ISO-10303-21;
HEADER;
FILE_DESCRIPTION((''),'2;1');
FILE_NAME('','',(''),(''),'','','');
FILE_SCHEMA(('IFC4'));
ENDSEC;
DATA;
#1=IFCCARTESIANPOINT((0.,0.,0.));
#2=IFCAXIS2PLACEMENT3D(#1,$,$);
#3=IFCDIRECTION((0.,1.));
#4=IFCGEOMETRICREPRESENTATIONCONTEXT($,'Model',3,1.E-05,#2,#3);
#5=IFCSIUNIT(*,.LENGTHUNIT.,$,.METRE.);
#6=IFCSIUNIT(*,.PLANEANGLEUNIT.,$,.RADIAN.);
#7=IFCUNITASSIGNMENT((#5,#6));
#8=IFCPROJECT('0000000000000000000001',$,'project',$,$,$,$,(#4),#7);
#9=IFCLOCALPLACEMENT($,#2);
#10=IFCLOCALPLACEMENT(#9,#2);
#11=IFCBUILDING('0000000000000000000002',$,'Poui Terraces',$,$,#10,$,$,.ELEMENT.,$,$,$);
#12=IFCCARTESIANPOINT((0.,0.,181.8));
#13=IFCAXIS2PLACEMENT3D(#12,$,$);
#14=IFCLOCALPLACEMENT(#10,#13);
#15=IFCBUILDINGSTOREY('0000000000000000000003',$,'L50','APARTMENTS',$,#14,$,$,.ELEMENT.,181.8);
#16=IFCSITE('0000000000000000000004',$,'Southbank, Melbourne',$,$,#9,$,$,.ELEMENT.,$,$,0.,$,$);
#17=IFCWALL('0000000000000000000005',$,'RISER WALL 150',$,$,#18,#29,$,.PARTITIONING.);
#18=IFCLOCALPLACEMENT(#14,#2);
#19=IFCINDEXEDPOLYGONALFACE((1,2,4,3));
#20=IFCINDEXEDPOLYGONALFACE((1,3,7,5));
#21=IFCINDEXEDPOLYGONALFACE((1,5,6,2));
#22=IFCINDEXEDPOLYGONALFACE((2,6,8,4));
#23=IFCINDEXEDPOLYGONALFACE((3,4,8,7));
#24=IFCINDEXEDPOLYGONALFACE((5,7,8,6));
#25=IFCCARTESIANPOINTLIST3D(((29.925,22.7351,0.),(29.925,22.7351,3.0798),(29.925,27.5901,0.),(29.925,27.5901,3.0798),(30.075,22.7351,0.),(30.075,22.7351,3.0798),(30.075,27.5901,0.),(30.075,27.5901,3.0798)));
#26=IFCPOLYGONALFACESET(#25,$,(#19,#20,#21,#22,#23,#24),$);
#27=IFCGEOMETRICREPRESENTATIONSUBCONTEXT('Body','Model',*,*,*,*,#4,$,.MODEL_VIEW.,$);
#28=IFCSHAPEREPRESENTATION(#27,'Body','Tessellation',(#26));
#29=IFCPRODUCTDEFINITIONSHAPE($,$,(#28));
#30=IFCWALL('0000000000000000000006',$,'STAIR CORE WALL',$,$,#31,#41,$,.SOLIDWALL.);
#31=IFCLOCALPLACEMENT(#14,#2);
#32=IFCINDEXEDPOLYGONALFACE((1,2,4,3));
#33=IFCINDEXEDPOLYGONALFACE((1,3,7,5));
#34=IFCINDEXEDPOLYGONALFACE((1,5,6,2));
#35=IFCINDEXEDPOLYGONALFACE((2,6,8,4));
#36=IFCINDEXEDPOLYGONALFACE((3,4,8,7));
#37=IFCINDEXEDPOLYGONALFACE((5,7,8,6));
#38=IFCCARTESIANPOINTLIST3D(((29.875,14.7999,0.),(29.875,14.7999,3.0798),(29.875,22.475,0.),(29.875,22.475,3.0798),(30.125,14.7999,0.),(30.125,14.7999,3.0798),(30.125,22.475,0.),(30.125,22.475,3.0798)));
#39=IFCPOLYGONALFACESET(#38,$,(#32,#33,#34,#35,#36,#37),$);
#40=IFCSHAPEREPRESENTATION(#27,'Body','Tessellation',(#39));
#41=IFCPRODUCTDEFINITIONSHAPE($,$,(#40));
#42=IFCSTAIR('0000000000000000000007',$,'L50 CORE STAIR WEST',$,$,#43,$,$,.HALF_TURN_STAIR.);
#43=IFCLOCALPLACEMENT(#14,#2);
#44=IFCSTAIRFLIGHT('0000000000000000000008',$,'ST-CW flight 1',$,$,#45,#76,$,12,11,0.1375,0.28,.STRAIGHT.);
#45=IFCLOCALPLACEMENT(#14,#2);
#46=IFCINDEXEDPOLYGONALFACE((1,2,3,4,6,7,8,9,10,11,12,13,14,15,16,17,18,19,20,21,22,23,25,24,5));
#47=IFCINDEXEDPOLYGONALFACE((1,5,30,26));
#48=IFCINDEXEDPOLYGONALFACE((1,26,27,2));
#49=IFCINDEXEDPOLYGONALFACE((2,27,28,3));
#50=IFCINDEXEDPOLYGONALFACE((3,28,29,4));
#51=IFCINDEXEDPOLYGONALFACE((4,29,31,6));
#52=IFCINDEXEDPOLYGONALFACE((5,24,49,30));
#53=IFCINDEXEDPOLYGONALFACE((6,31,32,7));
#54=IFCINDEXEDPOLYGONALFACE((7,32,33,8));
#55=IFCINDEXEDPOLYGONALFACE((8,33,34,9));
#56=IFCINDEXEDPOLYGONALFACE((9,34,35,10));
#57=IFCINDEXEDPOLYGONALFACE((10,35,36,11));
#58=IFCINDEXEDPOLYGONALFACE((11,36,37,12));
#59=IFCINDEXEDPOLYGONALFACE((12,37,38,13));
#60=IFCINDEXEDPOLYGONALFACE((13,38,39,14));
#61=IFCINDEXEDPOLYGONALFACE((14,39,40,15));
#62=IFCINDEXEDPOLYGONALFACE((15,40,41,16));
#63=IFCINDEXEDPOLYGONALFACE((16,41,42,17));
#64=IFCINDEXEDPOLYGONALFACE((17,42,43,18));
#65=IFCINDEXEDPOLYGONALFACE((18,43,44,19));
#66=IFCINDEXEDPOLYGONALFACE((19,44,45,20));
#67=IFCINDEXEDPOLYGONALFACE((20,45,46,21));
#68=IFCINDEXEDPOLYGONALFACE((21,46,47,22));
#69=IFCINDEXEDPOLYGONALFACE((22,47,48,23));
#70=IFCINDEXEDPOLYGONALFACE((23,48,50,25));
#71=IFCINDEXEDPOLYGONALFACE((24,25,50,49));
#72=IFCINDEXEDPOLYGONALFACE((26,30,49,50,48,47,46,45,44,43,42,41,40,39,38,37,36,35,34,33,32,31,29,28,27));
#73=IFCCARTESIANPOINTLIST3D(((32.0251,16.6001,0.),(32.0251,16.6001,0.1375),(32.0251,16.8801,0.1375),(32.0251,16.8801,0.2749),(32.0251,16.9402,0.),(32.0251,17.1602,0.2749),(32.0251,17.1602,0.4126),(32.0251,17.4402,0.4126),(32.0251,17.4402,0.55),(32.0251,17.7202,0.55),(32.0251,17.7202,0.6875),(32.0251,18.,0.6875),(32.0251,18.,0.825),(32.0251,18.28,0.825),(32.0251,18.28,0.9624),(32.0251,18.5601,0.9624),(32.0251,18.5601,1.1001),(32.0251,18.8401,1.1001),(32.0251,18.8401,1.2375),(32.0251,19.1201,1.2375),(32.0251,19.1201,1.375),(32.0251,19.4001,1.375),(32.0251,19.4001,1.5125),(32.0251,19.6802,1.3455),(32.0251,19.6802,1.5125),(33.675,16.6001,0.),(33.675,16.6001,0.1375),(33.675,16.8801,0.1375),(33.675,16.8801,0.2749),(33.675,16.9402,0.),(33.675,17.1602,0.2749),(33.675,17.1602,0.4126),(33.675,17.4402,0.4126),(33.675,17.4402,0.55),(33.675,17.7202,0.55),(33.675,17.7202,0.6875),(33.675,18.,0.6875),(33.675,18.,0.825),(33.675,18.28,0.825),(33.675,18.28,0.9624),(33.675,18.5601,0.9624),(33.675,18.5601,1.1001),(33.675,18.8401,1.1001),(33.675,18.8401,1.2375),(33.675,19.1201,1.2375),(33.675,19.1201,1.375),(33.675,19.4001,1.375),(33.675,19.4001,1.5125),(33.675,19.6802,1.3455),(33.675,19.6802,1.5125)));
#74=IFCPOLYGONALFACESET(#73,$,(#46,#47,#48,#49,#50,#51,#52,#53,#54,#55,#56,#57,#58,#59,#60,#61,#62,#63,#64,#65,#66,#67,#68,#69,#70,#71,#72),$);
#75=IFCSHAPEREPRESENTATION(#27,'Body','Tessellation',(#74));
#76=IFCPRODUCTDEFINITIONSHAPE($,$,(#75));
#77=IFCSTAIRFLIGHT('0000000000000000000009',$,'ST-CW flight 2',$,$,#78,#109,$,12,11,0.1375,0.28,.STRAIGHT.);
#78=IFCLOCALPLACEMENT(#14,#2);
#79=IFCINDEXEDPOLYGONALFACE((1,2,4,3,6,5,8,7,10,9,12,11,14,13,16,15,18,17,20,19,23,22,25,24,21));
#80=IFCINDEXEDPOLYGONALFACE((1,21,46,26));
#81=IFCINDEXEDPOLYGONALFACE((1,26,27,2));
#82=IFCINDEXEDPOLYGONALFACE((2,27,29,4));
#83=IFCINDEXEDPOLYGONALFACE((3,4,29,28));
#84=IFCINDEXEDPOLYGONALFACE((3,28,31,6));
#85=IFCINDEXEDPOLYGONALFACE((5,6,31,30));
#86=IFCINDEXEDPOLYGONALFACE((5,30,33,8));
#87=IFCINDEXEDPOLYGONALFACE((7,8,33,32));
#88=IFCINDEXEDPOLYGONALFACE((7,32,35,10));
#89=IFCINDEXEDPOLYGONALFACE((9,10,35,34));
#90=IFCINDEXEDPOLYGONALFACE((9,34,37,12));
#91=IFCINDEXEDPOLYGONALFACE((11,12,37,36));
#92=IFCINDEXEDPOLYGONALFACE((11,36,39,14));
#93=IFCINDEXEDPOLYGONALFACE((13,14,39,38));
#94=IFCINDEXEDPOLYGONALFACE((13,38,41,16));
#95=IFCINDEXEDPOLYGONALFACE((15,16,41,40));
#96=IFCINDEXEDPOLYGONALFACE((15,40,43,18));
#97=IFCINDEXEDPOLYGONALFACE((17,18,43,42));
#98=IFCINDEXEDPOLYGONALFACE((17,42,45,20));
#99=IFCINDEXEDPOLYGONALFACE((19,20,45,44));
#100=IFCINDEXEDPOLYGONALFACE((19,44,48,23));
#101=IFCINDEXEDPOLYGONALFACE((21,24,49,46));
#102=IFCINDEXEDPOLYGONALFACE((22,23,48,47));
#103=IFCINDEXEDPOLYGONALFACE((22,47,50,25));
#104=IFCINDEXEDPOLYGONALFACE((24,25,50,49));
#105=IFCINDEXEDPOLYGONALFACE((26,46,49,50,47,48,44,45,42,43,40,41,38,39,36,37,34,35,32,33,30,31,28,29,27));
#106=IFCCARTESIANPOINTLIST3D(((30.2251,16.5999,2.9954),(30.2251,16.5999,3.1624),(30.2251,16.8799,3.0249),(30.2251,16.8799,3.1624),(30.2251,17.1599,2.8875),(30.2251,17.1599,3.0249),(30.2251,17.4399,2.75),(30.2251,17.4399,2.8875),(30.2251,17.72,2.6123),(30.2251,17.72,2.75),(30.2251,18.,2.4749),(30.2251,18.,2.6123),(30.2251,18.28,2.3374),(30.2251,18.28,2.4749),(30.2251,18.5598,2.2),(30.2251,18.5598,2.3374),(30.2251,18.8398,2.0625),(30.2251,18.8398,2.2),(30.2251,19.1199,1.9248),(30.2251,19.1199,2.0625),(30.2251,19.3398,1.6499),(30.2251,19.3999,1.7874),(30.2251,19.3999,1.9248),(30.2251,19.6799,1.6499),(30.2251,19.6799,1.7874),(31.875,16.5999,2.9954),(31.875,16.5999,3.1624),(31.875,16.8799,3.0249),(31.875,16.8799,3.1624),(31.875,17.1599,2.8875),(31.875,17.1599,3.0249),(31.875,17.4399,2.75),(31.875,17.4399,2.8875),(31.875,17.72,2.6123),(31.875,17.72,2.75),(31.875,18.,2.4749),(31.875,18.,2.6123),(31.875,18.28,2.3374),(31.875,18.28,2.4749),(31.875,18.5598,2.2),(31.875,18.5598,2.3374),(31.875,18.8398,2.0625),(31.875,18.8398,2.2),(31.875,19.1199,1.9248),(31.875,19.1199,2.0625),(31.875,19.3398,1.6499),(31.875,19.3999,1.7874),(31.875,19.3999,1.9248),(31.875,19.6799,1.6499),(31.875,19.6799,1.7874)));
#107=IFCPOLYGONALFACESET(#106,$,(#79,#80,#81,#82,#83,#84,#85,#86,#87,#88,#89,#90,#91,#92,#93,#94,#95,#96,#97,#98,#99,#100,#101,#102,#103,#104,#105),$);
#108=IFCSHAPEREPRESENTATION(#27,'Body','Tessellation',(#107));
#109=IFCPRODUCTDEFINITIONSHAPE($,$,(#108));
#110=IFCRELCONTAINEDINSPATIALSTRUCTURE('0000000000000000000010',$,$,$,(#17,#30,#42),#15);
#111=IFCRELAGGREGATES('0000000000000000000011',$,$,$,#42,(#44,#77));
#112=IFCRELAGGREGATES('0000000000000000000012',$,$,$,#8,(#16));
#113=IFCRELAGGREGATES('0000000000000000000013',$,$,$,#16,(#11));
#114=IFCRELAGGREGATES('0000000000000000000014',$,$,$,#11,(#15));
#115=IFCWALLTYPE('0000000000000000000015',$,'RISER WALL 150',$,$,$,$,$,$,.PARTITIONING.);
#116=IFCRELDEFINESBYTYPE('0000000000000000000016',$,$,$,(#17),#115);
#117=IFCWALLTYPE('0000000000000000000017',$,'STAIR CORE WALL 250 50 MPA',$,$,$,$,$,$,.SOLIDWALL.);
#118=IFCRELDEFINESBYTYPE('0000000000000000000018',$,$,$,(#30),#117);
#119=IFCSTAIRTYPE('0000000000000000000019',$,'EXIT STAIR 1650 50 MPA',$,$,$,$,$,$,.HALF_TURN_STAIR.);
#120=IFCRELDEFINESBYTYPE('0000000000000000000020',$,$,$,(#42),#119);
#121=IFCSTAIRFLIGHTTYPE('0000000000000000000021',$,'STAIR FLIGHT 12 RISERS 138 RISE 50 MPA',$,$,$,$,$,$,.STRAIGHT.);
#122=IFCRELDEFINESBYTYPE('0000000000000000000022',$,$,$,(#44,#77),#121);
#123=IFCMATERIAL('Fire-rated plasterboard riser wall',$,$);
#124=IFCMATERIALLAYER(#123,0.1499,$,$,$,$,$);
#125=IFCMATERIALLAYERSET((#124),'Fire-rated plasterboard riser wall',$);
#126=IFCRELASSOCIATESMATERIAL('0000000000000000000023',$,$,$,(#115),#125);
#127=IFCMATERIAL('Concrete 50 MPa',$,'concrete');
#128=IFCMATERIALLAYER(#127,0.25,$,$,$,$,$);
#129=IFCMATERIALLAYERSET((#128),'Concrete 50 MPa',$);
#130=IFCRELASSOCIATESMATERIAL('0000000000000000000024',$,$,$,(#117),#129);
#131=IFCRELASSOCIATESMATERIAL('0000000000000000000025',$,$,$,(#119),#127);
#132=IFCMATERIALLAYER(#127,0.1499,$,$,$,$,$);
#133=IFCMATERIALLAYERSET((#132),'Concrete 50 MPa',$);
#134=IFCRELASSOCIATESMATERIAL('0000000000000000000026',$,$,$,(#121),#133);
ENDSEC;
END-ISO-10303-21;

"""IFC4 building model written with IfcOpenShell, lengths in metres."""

from ifc_helpers import new_model, si_unit, direction, frame, frame_2d, origin, place, context, subcontext, project, spatial, polyline, rectangle, outline, extrude, material, layer, layer_set, type_object, element, aggregate, save


model = new_model("IFC4")

# Units and contexts
model_context = context("Model", 3, precision=1e-05, world=origin(), true_north=direction((0.0, 1.0)))
body_context = subcontext(model_context, "Body", "Model", "MODEL_VIEW")
ifc_project = project(units=[si_unit("LENGTHUNIT", "METRE"), si_unit("PLANEANGLEUNIT", "RADIAN")], contexts=[model_context])

# Site, building, storey
site_placement = place(None, origin())
site = spatial("IfcSite", under=ifc_project, at=site_placement, Name="Southbank, Melbourne", CompositionType="ELEMENT", RefElevation=0.0)
building_placement = place(site_placement, origin())
building = spatial("IfcBuilding", under=site, at=building_placement, Name="Poui Terraces", CompositionType="ELEMENT")
storey_placement = place(building_placement, frame((0.0, 0.0, 181.8)))
storey = spatial("IfcBuildingStorey", under=building, at=storey_placement, Name="L50", Description="APARTMENTS", CompositionType="ELEMENT", Elevation=181.8)

# Walls
ifc_material_1 = material(Name="Fire-rated plasterboard riser wall")
ifc_layer_1 = layer(ifc_material_1, 0.1499)
ifc_layer_set_1 = layer_set([ifc_layer_1], Name="Fire-rated plasterboard riser wall")
wall_type_1 = type_object("IfcWallType", Name="RISER WALL 150", PredefinedType="PARTITIONING", material=ifc_layer_set_1)
wall_1_placement = place(storey_placement, frame((30.0, 22.7351, 0.0), z_axis=(0.0, 0.0, 1.0), x_axis=(0.0, 1.0, 0.0)))
element("IfcWall", 1, at=wall_1_placement, inside=storey, type_object=wall_type_1, Name="RISER WALL 150", PredefinedType="PARTITIONING", context=body_context, shape_type="SweptSolid", body=[
    extrude(rectangle(XDim=4.855, YDim=0.1499, at=frame_2d((2.4275, 0.0))), origin(), (0.0, 0.0, 1.0), 3.0798),
])
ifc_material_2 = material(Name="Concrete 50 MPa", Category="concrete")
ifc_layer_2 = layer(ifc_material_2, 0.25)
ifc_layer_set_2 = layer_set([ifc_layer_2], Name="Concrete 50 MPa")
wall_type_2 = type_object("IfcWallType", Name="STAIR CORE WALL 250 50 MPA", PredefinedType="SOLIDWALL", material=ifc_layer_set_2)
wall_2_placement = place(storey_placement, frame((30.0, 14.8, 0.0), z_axis=(0.0, 0.0, 1.0), x_axis=(0.0, 1.0, 0.0)))
element("IfcWall", 2, at=wall_2_placement, inside=storey, type_object=wall_type_2, Name="STAIR CORE WALL", PredefinedType="SOLIDWALL", context=body_context, shape_type="SweptSolid", body=[
    extrude(rectangle(XDim=7.675, YDim=0.25, at=frame_2d((3.8374, 0.0))), origin(), (0.0, 0.0, 1.0), 3.0798),
])

# Stair, stair flights
stair_type = type_object("IfcStairType", Name="EXIT STAIR 1650 50 MPA", PredefinedType="HALF_TURN_STAIR", material=ifc_material_2)
stair_placement = place(storey_placement, origin())
stair = element("IfcStair", 3, at=stair_placement, inside=storey, type_object=stair_type, Name="L50 CORE STAIR WEST", PredefinedType="HALF_TURN_STAIR")
ifc_layer_3 = layer(ifc_material_2, 0.1499)
ifc_layer_set_3 = layer_set([ifc_layer_3], Name="Concrete 50 MPa")
stair_flight_type = type_object("IfcStairFlightType", Name="STAIR FLIGHT 12 RISERS 138 RISE 50 MPA", PredefinedType="STRAIGHT", material=ifc_layer_set_3)
stair_flight_1_placement = place(storey_placement, frame((32.8501, 16.6001, 0.0), z_axis=(0.0, 0.0, 1.0), x_axis=(0.0, 1.0, 0.0)))
stair_flight_1 = element("IfcStairFlight", 4, at=stair_flight_1_placement, type_object=stair_flight_type, Name="ST-CW flight 1", NumberOfRisers=12, NumberOfTreads=11, PredefinedType="STRAIGHT", RiserHeight=0.1375, TreadLength=0.28, context=body_context, shape_type="SweptSolid", body=[
    extrude(outline(polyline([(0.0, 0.0), (0.0, 0.1375), (0.28, 0.1375), (0.28, 0.2749), (0.5601, 0.2749), (0.5601, 0.4126), (0.8401, 0.4126), (0.8401, 0.55), (1.1201, 0.55), (1.1201, 0.6875), (1.3999, 0.6875), (1.3999, 0.825), (1.6799, 0.825), (1.6799, 0.9624), (1.96, 0.9624), (1.96, 1.1001), (2.24, 1.1001), (2.24, 1.2375), (2.52, 1.2375), (2.52, 1.375), (2.8, 1.375), (2.8, 1.5125), (3.0801, 1.5125), (3.0801, 1.6499), (3.0801, 1.3455), (0.3401, 0.0), (0.0, 0.0)])), frame((0.0, 0.825, 0.0), z_axis=(0.0, -1.0, 0.0), x_axis=(1.0, 0.0, 0.0)), (0.0, 0.0, 1.0), 1.6499),
])
stair_flight_2_placement = place(storey_placement, frame((31.05, 19.6799, 1.6499), z_axis=(0.0, 0.0, 1.0), x_axis=(0.0, -1.0, 0.0)))
stair_flight_2 = element("IfcStairFlight", 5, at=stair_flight_2_placement, type_object=stair_flight_type, Name="ST-CW flight 2", NumberOfRisers=12, NumberOfTreads=11, PredefinedType="STRAIGHT", RiserHeight=0.1375, TreadLength=0.28, context=body_context, shape_type="SweptSolid", body=[
    extrude(outline(polyline([(0.0, 0.0), (0.0, 0.1375), (0.28, 0.1375), (0.28, 0.2749), (0.5601, 0.2749), (0.5601, 0.4126), (0.8401, 0.4126), (0.8401, 0.55), (1.1201, 0.55), (1.1201, 0.6875), (1.3999, 0.6875), (1.3999, 0.825), (1.6799, 0.825), (1.6799, 0.9624), (1.96, 0.9624), (1.96, 1.1001), (2.24, 1.1001), (2.24, 1.2375), (2.52, 1.2375), (2.52, 1.375), (2.8, 1.375), (2.8, 1.5125), (3.0801, 1.5125), (3.0801, 1.6499), (3.0801, 1.3455), (0.3401, 0.0), (0.0, 0.0)])), frame((0.0, 0.825, 0.0), z_axis=(0.0, -1.0, 0.0), x_axis=(1.0, 0.0, 0.0)), (0.0, 0.0, 1.0), 1.6499),
])
aggregate(stair, [stair_flight_1, stair_flight_2])

save(model, "model.ifc")
